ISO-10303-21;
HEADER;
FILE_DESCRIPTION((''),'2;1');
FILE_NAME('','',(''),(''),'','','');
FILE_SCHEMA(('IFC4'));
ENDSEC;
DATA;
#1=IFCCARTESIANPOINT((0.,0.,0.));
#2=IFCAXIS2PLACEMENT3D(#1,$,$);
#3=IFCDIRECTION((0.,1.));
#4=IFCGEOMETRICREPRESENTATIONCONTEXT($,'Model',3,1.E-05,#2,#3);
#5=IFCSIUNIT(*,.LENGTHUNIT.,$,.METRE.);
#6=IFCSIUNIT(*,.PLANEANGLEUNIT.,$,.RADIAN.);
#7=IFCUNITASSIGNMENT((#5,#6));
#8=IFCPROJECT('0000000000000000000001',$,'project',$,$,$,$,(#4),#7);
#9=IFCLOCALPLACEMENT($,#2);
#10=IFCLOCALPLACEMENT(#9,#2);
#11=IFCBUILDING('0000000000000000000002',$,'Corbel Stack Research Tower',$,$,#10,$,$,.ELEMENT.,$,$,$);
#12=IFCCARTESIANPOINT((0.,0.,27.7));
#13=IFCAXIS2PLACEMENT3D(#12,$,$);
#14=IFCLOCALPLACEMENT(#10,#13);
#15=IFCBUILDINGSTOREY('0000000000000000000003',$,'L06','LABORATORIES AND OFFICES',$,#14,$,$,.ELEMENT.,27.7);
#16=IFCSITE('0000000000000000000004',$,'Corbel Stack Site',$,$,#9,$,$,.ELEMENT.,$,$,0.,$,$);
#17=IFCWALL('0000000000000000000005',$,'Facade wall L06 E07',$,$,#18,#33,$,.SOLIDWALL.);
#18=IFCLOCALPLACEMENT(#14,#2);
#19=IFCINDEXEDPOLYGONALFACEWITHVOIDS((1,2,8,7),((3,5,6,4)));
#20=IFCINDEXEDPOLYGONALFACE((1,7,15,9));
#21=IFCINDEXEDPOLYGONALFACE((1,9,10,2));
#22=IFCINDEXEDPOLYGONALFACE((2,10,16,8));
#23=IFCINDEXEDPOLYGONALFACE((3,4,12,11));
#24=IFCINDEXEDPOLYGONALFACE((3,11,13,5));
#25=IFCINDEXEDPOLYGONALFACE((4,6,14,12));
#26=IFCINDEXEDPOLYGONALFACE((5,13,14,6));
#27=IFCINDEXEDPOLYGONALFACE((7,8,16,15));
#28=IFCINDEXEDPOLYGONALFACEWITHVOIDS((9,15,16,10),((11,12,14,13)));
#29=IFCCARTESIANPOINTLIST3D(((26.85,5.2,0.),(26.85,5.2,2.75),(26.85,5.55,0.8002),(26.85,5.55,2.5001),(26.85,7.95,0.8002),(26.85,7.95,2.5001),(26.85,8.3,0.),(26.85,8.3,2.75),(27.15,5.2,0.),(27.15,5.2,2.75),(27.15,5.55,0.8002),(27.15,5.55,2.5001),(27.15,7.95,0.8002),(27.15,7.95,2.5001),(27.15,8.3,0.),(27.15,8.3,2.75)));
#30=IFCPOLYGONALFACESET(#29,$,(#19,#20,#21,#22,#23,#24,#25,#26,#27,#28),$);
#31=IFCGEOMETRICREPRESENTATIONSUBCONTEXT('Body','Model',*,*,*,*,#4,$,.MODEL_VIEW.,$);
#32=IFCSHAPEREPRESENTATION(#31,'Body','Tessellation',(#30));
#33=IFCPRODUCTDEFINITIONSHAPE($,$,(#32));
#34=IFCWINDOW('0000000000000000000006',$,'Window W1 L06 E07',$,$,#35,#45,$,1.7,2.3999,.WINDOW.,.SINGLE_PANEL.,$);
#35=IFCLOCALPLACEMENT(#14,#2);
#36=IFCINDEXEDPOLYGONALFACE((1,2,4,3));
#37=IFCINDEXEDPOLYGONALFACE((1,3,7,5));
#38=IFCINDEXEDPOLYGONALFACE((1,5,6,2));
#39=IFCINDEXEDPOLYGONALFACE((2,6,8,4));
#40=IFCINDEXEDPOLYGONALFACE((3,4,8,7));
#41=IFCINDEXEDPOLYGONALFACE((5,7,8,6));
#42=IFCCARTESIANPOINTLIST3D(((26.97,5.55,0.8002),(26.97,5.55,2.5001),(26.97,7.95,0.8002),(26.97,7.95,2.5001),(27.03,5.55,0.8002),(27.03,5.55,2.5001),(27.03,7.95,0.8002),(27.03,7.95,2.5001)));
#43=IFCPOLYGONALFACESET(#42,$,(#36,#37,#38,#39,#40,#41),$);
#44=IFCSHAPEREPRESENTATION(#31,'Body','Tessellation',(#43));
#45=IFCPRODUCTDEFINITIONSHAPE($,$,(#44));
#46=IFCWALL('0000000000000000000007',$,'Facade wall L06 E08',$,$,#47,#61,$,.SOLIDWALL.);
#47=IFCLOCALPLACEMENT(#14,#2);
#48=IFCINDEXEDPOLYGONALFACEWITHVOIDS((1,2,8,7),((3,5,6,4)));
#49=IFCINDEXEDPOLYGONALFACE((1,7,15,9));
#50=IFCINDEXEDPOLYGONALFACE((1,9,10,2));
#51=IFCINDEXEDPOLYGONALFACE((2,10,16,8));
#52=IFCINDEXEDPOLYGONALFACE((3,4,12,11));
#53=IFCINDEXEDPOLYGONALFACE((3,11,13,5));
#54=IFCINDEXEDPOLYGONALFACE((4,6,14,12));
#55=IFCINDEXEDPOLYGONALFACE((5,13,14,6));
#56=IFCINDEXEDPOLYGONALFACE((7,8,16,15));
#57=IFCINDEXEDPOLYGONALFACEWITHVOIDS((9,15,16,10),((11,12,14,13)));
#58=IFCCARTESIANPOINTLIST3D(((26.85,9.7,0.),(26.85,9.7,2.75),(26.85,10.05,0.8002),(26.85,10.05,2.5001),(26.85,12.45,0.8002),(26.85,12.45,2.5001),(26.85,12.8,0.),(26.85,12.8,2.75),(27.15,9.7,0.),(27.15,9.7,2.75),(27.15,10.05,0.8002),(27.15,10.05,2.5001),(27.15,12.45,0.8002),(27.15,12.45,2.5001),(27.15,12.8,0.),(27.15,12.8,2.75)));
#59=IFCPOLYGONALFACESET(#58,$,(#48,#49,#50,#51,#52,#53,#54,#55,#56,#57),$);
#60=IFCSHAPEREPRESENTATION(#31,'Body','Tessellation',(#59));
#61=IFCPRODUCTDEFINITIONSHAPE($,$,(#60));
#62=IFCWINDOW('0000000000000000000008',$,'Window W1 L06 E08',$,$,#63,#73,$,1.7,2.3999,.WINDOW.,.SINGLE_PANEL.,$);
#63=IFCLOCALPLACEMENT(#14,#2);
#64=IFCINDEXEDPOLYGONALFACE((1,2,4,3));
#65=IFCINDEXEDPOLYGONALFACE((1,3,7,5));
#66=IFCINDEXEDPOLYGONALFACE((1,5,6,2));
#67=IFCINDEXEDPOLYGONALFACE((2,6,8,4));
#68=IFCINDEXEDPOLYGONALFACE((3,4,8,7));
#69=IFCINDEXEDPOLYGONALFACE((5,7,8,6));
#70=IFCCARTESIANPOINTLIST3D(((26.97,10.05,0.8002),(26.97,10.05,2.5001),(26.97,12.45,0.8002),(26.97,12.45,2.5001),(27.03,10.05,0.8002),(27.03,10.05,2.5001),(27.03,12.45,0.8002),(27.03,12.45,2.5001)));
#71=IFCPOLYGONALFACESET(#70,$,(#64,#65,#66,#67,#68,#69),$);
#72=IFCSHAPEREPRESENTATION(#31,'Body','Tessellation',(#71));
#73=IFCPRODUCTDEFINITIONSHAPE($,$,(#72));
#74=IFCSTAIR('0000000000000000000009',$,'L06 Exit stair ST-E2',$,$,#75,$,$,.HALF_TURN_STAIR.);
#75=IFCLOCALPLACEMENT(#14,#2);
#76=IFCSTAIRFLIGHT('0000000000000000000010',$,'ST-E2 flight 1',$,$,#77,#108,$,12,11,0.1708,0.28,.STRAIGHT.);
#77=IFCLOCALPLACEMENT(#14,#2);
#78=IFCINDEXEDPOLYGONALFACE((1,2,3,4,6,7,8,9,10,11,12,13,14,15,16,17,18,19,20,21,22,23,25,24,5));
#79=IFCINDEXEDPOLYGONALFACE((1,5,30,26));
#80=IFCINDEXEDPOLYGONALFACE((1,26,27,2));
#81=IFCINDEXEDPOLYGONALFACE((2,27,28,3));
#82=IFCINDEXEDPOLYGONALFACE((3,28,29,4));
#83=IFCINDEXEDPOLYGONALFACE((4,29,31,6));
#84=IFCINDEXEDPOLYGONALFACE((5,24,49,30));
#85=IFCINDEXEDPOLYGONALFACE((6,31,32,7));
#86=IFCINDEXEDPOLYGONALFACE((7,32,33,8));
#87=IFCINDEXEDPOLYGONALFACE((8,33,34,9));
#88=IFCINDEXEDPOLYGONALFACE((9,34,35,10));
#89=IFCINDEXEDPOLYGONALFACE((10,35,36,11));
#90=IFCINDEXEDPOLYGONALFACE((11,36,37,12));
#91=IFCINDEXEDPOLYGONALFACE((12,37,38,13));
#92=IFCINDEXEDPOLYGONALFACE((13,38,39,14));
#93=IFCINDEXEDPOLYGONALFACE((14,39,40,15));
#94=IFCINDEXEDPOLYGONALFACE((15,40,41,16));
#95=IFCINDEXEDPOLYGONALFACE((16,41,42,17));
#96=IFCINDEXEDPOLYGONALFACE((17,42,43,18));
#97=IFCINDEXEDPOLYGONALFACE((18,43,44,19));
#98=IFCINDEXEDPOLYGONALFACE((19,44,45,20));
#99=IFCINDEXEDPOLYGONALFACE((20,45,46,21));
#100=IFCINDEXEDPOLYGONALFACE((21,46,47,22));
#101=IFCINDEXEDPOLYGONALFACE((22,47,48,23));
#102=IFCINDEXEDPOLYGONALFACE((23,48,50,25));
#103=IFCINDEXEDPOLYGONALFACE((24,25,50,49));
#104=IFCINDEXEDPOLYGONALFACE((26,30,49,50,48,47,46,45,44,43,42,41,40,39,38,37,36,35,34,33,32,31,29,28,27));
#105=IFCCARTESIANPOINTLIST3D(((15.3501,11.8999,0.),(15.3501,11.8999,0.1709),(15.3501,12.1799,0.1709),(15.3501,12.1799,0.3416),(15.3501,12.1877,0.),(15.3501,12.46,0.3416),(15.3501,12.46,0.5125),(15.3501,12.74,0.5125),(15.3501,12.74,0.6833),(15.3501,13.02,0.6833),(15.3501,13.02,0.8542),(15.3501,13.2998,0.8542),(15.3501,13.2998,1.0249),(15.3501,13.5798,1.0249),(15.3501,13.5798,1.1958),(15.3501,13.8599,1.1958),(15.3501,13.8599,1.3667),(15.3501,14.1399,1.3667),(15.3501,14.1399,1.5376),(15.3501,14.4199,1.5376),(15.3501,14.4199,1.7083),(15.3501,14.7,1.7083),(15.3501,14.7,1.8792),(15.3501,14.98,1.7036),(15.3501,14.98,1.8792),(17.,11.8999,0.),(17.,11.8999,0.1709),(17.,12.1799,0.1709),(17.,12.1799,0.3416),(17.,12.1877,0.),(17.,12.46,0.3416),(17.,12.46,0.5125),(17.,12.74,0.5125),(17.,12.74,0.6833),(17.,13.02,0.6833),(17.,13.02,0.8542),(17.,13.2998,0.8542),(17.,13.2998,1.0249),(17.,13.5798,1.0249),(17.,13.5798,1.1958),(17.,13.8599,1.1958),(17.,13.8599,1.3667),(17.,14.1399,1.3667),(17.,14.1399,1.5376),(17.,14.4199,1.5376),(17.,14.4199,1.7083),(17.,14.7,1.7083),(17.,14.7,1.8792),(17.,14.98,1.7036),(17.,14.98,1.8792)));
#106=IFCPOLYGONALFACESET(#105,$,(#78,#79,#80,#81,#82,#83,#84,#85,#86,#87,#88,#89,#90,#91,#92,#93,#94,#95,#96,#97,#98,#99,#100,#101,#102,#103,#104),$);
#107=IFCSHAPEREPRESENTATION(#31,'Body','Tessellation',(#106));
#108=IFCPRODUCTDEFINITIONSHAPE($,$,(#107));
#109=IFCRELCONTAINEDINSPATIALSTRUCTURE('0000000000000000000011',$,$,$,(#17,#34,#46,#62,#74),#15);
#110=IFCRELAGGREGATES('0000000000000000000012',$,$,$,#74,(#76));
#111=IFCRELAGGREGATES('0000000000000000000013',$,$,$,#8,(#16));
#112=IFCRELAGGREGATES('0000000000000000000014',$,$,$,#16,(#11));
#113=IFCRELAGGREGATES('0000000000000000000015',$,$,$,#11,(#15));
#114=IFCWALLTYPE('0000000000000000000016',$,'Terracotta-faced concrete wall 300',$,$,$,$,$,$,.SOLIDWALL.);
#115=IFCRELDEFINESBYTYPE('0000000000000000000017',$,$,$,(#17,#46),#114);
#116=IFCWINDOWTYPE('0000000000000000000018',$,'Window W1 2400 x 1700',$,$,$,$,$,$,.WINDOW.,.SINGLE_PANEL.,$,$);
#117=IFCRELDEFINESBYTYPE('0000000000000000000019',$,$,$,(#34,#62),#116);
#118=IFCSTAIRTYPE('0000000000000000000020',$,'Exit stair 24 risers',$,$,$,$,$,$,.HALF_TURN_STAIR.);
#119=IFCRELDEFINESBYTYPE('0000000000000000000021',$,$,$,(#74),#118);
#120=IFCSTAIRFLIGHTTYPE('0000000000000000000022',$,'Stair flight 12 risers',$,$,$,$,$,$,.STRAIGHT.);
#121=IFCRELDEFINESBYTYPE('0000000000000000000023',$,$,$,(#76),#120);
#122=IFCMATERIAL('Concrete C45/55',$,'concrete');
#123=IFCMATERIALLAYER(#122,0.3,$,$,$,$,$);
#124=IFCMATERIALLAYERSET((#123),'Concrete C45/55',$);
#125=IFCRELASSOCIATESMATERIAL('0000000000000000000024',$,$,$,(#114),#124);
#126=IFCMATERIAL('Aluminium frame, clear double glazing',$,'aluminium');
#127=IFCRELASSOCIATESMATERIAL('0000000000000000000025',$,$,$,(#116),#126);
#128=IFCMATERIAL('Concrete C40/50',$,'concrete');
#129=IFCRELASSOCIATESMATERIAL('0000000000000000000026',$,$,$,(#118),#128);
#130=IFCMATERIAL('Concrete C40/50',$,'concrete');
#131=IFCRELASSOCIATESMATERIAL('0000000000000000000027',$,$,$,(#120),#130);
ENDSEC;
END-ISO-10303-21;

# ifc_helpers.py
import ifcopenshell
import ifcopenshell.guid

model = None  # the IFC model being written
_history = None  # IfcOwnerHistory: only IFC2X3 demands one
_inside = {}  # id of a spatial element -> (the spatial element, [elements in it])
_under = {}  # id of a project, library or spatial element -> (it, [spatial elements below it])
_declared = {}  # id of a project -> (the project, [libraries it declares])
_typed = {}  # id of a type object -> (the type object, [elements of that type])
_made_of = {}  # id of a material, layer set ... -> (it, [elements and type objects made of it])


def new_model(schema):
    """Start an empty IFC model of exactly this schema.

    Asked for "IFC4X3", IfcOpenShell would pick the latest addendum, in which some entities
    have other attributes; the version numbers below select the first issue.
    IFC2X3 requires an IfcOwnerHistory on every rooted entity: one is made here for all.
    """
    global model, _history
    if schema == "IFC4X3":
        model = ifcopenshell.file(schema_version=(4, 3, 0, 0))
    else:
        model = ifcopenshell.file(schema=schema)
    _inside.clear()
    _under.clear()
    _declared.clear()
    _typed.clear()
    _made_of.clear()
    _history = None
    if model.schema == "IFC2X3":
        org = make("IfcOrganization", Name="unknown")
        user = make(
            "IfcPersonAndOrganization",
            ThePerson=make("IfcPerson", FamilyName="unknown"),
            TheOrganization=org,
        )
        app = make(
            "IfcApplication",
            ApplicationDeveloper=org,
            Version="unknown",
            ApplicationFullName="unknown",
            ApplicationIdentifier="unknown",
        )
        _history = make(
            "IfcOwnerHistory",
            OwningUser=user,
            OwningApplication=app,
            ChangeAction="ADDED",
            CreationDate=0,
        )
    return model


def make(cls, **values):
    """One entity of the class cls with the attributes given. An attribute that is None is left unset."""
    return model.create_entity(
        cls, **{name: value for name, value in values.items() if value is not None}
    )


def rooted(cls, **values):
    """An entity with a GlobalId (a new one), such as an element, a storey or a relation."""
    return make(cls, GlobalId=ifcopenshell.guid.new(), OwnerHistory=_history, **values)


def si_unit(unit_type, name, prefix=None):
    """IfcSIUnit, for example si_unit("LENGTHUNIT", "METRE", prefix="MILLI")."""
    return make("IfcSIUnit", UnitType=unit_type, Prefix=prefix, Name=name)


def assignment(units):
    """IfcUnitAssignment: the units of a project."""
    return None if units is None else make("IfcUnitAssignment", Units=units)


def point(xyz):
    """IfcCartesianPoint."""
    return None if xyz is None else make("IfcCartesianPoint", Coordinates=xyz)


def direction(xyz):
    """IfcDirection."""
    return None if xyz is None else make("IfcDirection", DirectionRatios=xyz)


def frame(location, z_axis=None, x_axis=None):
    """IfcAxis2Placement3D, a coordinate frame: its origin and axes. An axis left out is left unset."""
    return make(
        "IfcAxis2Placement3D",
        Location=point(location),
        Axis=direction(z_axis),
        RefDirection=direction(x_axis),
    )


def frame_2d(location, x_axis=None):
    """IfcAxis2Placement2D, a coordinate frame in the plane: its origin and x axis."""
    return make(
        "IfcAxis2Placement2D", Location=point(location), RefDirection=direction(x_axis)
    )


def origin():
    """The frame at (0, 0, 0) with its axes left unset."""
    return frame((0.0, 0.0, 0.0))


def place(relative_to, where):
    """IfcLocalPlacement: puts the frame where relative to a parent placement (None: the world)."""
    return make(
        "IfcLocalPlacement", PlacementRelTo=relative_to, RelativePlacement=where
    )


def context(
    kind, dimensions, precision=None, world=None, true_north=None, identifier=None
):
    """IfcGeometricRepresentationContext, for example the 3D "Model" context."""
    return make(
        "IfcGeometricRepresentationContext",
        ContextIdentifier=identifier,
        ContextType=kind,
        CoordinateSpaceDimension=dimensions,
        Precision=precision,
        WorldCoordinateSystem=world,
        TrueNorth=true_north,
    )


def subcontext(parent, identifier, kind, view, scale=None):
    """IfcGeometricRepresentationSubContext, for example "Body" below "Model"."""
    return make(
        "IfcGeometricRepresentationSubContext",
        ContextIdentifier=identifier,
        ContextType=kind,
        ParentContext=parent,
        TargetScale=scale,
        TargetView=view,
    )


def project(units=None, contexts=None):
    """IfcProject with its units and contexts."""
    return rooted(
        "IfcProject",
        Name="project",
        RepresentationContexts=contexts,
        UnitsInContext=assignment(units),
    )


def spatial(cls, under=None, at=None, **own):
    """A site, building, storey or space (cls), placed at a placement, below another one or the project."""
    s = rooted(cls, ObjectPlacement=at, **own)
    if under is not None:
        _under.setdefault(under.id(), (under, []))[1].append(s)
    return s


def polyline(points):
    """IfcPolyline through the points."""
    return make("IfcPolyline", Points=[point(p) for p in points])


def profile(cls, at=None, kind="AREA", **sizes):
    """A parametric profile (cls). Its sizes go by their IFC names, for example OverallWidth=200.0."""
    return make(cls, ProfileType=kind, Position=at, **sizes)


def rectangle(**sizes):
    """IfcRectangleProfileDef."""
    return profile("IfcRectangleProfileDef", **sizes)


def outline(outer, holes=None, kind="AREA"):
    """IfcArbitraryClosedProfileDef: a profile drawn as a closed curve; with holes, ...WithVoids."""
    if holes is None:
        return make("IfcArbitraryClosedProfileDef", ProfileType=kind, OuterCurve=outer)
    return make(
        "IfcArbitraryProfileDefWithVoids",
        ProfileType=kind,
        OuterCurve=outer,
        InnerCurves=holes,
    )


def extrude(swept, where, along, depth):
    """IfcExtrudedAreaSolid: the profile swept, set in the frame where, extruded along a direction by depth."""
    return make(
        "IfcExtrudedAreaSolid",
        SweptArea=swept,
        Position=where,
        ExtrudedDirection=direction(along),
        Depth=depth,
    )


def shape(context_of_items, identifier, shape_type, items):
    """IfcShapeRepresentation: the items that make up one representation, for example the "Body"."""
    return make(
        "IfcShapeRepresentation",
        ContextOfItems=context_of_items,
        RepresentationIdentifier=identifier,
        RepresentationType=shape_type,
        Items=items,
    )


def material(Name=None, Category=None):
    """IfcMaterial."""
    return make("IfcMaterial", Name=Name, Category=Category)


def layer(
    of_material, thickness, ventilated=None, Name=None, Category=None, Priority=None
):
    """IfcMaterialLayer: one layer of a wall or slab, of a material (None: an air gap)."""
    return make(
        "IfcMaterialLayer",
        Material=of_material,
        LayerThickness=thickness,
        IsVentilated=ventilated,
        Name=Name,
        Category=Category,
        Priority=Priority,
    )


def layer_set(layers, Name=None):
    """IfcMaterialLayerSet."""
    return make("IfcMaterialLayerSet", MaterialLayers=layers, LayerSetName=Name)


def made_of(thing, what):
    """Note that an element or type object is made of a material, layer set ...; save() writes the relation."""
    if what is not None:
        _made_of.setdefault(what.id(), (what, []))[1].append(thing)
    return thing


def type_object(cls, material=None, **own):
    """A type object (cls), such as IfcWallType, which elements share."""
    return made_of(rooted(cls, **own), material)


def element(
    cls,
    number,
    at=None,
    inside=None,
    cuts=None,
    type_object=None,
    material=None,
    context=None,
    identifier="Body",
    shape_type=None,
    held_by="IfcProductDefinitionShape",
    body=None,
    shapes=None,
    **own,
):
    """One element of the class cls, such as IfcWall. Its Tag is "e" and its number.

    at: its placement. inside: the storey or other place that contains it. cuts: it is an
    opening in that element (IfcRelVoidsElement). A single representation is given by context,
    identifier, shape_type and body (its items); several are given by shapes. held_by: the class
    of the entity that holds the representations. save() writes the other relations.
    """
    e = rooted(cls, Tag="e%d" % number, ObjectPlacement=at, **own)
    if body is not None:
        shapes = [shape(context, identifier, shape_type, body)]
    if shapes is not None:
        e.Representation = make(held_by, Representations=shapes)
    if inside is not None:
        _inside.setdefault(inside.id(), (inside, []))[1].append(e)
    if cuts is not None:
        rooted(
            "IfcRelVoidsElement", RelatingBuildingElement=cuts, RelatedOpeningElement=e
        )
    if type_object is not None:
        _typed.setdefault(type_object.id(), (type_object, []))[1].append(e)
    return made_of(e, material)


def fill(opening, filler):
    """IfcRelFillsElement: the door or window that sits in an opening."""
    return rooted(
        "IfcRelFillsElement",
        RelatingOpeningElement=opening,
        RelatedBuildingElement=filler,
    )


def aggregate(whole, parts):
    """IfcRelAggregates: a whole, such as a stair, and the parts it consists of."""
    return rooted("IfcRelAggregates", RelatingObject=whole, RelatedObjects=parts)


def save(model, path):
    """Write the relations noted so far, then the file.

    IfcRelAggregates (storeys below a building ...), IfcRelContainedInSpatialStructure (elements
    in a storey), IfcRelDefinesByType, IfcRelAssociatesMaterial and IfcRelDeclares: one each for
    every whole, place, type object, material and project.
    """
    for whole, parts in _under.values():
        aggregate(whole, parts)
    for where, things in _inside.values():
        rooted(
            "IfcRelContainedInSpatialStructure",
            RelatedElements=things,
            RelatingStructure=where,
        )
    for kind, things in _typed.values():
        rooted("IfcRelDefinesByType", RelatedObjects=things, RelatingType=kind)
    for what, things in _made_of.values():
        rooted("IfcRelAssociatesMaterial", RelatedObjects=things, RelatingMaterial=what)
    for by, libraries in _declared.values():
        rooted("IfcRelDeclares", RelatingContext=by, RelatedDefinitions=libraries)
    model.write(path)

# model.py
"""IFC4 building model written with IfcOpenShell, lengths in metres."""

from ifc_helpers import new_model, si_unit, direction, frame, frame_2d, origin, place, context, subcontext, project, spatial, polyline, rectangle, outline, extrude, material, layer, layer_set, type_object, element, fill, aggregate, save


model = new_model("IFC4")

# Units and contexts
model_context = context("Model", 3, precision=1e-05, world=origin(), true_north=direction((0.0, 1.0)))
body_context = subcontext(model_context, "Body", "Model", "MODEL_VIEW")
ifc_project = project(units=[si_unit("LENGTHUNIT", "METRE"), si_unit("PLANEANGLEUNIT", "RADIAN")], contexts=[model_context])

# Site, building, storey
site_placement = place(None, origin())
site = spatial("IfcSite", under=ifc_project, at=site_placement, Name="Corbel Stack Site", CompositionType="ELEMENT", RefElevation=0.0)
building_placement = place(site_placement, origin())
building = spatial("IfcBuilding", under=site, at=building_placement, Name="Corbel Stack Research Tower", CompositionType="ELEMENT")
storey_placement = place(building_placement, frame((0.0, 0.0, 27.7)))
storey = spatial("IfcBuildingStorey", under=building, at=storey_placement, Name="L06", Description="LABORATORIES AND OFFICES", CompositionType="ELEMENT", Elevation=27.7)

# Walls, openings, windows
ifc_material_1 = material(Name="Concrete C45/55", Category="concrete")
ifc_layer_1 = layer(ifc_material_1, 0.3)
ifc_layer_set_1 = layer_set([ifc_layer_1], Name="Concrete C45/55")
wall_type_1 = type_object("IfcWallType", Name="Terracotta-faced concrete wall 300", PredefinedType="SOLIDWALL", material=ifc_layer_set_1)
ifc_material_2 = material(Name="Aluminium frame, clear double glazing", Category="aluminium")
window_type = type_object("IfcWindowType", Name="Window W1 2400 x 1700", PartitioningType="SINGLE_PANEL", PredefinedType="WINDOW", material=ifc_material_2)
wall_1_placement = place(storey_placement, frame((27.0, 8.3, 0.0), z_axis=(0.0, 0.0, 1.0), x_axis=(0.0, -1.0, 0.0)))
wall_1 = element("IfcWall", 1, at=wall_1_placement, inside=storey, type_object=wall_type_1, Name="Facade wall L06 E07", PredefinedType="SOLIDWALL", context=body_context, shape_type="SweptSolid", body=[
    extrude(rectangle(XDim=3.1001, YDim=0.3, at=frame_2d((1.55, 0.0))), origin(), (0.0, 0.0, 1.0), 2.75),
])
opening_1_placement = place(wall_1_placement, frame((0.3501, 0.0, 0.8)))
opening_1 = element("IfcOpeningElement", 2, at=opening_1_placement, cuts=wall_1, PredefinedType="OPENING", context=body_context, shape_type="SweptSolid", body=[
    extrude(rectangle(XDim=2.3999, YDim=1.7, at=frame_2d((1.2, 0.8501))), frame((0.0, 0.1599, 0.0), z_axis=(0.0, -1.0, 0.0), x_axis=(1.0, 0.0, 0.0)), (0.0, 0.0, 1.0), 0.3201),
])
window_1_placement = place(opening_1_placement, origin())
window_1 = element("IfcWindow", 3, at=window_1_placement, inside=storey, type_object=window_type, Name="Window W1 L06 E07", OverallHeight=1.7, OverallWidth=2.3999, PartitioningType="SINGLE_PANEL", PredefinedType="WINDOW", context=body_context, shape_type="SweptSolid", body=[
    extrude(rectangle(XDim=2.3999, YDim=1.7, at=frame_2d((1.2, 0.8501))), frame((0.0, 0.03, 0.0), z_axis=(0.0, -1.0, 0.0), x_axis=(1.0, 0.0, 0.0)), (0.0, 0.0, 1.0), 0.0601),
])
fill(opening_1, window_1)
wall_2_placement = place(storey_placement, frame((27.0, 12.8, 0.0), z_axis=(0.0, 0.0, 1.0), x_axis=(0.0, -1.0, 0.0)))
wall_2 = element("IfcWall", 4, at=wall_2_placement, inside=storey, type_object=wall_type_1, Name="Facade wall L06 E08", PredefinedType="SOLIDWALL", context=body_context, shape_type="SweptSolid", body=[
    extrude(rectangle(XDim=3.1001, YDim=0.3, at=frame_2d((1.55, 0.0))), origin(), (0.0, 0.0, 1.0), 2.75),
])
opening_2_placement = place(wall_2_placement, frame((0.3501, 0.0, 0.8)))
opening_2 = element("IfcOpeningElement", 5, at=opening_2_placement, cuts=wall_2, PredefinedType="OPENING", context=body_context, shape_type="SweptSolid", body=[
    extrude(rectangle(XDim=2.3999, YDim=1.7, at=frame_2d((1.2, 0.8501))), frame((0.0, 0.1599, 0.0), z_axis=(0.0, -1.0, 0.0), x_axis=(1.0, 0.0, 0.0)), (0.0, 0.0, 1.0), 0.3201),
])
window_2_placement = place(opening_2_placement, origin())
window_2 = element("IfcWindow", 6, at=window_2_placement, inside=storey, type_object=window_type, Name="Window W1 L06 E08", OverallHeight=1.7, OverallWidth=2.3999, PartitioningType="SINGLE_PANEL", PredefinedType="WINDOW", context=body_context, shape_type="SweptSolid", body=[
    extrude(rectangle(XDim=2.3999, YDim=1.7, at=frame_2d((1.2, 0.8501))), frame((0.0, 0.03, 0.0), z_axis=(0.0, -1.0, 0.0), x_axis=(1.0, 0.0, 0.0)), (0.0, 0.0, 1.0), 0.0601),
])
fill(opening_2, window_2)

# Stair, stair flight
ifc_material_3 = material(Name="Concrete C40/50", Category="concrete")
stair_type = type_object("IfcStairType", Name="Exit stair 24 risers", PredefinedType="HALF_TURN_STAIR", material=ifc_material_3)
stair_placement = place(storey_placement, origin())
stair = element("IfcStair", 7, at=stair_placement, inside=storey, type_object=stair_type, Name="L06 Exit stair ST-E2", PredefinedType="HALF_TURN_STAIR")
ifc_material_4 = material(Name="Concrete C40/50", Category="concrete")
stair_flight_type = type_object("IfcStairFlightType", Name="Stair flight 12 risers", PredefinedType="STRAIGHT", material=ifc_material_4)
stair_flight_placement = place(storey_placement, frame((16.175, 11.8999, 0.0), z_axis=(0.0, 0.0, 1.0), x_axis=(0.0, 1.0, 0.0)))
stair_flight = element("IfcStairFlight", 8, at=stair_flight_placement, type_object=stair_flight_type, Name="ST-E2 flight 1", NumberOfRisers=12, NumberOfTreads=11, PredefinedType="STRAIGHT", RiserHeight=0.1708, TreadLength=0.28, context=body_context, shape_type="SweptSolid", body=[
    extrude(outline(polyline([(0.0, 0.0), (0.0, 0.1709), (0.28, 0.1709), (0.28, 0.3416), (0.5601, 0.3416), (0.5601, 0.5125), (0.8401, 0.5125), (0.8401, 0.6833), (1.1201, 0.6833), (1.1201, 0.8542), (1.3999, 0.8542), (1.3999, 1.0249), (1.6799, 1.0249), (1.6799, 1.1958), (1.96, 1.1958), (1.96, 1.3667), (2.24, 1.3667), (2.24, 1.5376), (2.52, 1.5376), (2.52, 1.7083), (2.8, 1.7083), (2.8, 1.8792), (3.0801, 1.8792), (3.0801, 2.05), (3.0801, 1.7036), (0.2878, 0.0), (0.0, 0.0)])), frame((0.0, 0.825, 0.0), z_axis=(0.0, -1.0, 0.0), x_axis=(1.0, 0.0, 0.0)), (0.0, 0.0, 1.0), 1.6499),
])
aggregate(stair, [stair_flight])

save(model, "model.ifc")
